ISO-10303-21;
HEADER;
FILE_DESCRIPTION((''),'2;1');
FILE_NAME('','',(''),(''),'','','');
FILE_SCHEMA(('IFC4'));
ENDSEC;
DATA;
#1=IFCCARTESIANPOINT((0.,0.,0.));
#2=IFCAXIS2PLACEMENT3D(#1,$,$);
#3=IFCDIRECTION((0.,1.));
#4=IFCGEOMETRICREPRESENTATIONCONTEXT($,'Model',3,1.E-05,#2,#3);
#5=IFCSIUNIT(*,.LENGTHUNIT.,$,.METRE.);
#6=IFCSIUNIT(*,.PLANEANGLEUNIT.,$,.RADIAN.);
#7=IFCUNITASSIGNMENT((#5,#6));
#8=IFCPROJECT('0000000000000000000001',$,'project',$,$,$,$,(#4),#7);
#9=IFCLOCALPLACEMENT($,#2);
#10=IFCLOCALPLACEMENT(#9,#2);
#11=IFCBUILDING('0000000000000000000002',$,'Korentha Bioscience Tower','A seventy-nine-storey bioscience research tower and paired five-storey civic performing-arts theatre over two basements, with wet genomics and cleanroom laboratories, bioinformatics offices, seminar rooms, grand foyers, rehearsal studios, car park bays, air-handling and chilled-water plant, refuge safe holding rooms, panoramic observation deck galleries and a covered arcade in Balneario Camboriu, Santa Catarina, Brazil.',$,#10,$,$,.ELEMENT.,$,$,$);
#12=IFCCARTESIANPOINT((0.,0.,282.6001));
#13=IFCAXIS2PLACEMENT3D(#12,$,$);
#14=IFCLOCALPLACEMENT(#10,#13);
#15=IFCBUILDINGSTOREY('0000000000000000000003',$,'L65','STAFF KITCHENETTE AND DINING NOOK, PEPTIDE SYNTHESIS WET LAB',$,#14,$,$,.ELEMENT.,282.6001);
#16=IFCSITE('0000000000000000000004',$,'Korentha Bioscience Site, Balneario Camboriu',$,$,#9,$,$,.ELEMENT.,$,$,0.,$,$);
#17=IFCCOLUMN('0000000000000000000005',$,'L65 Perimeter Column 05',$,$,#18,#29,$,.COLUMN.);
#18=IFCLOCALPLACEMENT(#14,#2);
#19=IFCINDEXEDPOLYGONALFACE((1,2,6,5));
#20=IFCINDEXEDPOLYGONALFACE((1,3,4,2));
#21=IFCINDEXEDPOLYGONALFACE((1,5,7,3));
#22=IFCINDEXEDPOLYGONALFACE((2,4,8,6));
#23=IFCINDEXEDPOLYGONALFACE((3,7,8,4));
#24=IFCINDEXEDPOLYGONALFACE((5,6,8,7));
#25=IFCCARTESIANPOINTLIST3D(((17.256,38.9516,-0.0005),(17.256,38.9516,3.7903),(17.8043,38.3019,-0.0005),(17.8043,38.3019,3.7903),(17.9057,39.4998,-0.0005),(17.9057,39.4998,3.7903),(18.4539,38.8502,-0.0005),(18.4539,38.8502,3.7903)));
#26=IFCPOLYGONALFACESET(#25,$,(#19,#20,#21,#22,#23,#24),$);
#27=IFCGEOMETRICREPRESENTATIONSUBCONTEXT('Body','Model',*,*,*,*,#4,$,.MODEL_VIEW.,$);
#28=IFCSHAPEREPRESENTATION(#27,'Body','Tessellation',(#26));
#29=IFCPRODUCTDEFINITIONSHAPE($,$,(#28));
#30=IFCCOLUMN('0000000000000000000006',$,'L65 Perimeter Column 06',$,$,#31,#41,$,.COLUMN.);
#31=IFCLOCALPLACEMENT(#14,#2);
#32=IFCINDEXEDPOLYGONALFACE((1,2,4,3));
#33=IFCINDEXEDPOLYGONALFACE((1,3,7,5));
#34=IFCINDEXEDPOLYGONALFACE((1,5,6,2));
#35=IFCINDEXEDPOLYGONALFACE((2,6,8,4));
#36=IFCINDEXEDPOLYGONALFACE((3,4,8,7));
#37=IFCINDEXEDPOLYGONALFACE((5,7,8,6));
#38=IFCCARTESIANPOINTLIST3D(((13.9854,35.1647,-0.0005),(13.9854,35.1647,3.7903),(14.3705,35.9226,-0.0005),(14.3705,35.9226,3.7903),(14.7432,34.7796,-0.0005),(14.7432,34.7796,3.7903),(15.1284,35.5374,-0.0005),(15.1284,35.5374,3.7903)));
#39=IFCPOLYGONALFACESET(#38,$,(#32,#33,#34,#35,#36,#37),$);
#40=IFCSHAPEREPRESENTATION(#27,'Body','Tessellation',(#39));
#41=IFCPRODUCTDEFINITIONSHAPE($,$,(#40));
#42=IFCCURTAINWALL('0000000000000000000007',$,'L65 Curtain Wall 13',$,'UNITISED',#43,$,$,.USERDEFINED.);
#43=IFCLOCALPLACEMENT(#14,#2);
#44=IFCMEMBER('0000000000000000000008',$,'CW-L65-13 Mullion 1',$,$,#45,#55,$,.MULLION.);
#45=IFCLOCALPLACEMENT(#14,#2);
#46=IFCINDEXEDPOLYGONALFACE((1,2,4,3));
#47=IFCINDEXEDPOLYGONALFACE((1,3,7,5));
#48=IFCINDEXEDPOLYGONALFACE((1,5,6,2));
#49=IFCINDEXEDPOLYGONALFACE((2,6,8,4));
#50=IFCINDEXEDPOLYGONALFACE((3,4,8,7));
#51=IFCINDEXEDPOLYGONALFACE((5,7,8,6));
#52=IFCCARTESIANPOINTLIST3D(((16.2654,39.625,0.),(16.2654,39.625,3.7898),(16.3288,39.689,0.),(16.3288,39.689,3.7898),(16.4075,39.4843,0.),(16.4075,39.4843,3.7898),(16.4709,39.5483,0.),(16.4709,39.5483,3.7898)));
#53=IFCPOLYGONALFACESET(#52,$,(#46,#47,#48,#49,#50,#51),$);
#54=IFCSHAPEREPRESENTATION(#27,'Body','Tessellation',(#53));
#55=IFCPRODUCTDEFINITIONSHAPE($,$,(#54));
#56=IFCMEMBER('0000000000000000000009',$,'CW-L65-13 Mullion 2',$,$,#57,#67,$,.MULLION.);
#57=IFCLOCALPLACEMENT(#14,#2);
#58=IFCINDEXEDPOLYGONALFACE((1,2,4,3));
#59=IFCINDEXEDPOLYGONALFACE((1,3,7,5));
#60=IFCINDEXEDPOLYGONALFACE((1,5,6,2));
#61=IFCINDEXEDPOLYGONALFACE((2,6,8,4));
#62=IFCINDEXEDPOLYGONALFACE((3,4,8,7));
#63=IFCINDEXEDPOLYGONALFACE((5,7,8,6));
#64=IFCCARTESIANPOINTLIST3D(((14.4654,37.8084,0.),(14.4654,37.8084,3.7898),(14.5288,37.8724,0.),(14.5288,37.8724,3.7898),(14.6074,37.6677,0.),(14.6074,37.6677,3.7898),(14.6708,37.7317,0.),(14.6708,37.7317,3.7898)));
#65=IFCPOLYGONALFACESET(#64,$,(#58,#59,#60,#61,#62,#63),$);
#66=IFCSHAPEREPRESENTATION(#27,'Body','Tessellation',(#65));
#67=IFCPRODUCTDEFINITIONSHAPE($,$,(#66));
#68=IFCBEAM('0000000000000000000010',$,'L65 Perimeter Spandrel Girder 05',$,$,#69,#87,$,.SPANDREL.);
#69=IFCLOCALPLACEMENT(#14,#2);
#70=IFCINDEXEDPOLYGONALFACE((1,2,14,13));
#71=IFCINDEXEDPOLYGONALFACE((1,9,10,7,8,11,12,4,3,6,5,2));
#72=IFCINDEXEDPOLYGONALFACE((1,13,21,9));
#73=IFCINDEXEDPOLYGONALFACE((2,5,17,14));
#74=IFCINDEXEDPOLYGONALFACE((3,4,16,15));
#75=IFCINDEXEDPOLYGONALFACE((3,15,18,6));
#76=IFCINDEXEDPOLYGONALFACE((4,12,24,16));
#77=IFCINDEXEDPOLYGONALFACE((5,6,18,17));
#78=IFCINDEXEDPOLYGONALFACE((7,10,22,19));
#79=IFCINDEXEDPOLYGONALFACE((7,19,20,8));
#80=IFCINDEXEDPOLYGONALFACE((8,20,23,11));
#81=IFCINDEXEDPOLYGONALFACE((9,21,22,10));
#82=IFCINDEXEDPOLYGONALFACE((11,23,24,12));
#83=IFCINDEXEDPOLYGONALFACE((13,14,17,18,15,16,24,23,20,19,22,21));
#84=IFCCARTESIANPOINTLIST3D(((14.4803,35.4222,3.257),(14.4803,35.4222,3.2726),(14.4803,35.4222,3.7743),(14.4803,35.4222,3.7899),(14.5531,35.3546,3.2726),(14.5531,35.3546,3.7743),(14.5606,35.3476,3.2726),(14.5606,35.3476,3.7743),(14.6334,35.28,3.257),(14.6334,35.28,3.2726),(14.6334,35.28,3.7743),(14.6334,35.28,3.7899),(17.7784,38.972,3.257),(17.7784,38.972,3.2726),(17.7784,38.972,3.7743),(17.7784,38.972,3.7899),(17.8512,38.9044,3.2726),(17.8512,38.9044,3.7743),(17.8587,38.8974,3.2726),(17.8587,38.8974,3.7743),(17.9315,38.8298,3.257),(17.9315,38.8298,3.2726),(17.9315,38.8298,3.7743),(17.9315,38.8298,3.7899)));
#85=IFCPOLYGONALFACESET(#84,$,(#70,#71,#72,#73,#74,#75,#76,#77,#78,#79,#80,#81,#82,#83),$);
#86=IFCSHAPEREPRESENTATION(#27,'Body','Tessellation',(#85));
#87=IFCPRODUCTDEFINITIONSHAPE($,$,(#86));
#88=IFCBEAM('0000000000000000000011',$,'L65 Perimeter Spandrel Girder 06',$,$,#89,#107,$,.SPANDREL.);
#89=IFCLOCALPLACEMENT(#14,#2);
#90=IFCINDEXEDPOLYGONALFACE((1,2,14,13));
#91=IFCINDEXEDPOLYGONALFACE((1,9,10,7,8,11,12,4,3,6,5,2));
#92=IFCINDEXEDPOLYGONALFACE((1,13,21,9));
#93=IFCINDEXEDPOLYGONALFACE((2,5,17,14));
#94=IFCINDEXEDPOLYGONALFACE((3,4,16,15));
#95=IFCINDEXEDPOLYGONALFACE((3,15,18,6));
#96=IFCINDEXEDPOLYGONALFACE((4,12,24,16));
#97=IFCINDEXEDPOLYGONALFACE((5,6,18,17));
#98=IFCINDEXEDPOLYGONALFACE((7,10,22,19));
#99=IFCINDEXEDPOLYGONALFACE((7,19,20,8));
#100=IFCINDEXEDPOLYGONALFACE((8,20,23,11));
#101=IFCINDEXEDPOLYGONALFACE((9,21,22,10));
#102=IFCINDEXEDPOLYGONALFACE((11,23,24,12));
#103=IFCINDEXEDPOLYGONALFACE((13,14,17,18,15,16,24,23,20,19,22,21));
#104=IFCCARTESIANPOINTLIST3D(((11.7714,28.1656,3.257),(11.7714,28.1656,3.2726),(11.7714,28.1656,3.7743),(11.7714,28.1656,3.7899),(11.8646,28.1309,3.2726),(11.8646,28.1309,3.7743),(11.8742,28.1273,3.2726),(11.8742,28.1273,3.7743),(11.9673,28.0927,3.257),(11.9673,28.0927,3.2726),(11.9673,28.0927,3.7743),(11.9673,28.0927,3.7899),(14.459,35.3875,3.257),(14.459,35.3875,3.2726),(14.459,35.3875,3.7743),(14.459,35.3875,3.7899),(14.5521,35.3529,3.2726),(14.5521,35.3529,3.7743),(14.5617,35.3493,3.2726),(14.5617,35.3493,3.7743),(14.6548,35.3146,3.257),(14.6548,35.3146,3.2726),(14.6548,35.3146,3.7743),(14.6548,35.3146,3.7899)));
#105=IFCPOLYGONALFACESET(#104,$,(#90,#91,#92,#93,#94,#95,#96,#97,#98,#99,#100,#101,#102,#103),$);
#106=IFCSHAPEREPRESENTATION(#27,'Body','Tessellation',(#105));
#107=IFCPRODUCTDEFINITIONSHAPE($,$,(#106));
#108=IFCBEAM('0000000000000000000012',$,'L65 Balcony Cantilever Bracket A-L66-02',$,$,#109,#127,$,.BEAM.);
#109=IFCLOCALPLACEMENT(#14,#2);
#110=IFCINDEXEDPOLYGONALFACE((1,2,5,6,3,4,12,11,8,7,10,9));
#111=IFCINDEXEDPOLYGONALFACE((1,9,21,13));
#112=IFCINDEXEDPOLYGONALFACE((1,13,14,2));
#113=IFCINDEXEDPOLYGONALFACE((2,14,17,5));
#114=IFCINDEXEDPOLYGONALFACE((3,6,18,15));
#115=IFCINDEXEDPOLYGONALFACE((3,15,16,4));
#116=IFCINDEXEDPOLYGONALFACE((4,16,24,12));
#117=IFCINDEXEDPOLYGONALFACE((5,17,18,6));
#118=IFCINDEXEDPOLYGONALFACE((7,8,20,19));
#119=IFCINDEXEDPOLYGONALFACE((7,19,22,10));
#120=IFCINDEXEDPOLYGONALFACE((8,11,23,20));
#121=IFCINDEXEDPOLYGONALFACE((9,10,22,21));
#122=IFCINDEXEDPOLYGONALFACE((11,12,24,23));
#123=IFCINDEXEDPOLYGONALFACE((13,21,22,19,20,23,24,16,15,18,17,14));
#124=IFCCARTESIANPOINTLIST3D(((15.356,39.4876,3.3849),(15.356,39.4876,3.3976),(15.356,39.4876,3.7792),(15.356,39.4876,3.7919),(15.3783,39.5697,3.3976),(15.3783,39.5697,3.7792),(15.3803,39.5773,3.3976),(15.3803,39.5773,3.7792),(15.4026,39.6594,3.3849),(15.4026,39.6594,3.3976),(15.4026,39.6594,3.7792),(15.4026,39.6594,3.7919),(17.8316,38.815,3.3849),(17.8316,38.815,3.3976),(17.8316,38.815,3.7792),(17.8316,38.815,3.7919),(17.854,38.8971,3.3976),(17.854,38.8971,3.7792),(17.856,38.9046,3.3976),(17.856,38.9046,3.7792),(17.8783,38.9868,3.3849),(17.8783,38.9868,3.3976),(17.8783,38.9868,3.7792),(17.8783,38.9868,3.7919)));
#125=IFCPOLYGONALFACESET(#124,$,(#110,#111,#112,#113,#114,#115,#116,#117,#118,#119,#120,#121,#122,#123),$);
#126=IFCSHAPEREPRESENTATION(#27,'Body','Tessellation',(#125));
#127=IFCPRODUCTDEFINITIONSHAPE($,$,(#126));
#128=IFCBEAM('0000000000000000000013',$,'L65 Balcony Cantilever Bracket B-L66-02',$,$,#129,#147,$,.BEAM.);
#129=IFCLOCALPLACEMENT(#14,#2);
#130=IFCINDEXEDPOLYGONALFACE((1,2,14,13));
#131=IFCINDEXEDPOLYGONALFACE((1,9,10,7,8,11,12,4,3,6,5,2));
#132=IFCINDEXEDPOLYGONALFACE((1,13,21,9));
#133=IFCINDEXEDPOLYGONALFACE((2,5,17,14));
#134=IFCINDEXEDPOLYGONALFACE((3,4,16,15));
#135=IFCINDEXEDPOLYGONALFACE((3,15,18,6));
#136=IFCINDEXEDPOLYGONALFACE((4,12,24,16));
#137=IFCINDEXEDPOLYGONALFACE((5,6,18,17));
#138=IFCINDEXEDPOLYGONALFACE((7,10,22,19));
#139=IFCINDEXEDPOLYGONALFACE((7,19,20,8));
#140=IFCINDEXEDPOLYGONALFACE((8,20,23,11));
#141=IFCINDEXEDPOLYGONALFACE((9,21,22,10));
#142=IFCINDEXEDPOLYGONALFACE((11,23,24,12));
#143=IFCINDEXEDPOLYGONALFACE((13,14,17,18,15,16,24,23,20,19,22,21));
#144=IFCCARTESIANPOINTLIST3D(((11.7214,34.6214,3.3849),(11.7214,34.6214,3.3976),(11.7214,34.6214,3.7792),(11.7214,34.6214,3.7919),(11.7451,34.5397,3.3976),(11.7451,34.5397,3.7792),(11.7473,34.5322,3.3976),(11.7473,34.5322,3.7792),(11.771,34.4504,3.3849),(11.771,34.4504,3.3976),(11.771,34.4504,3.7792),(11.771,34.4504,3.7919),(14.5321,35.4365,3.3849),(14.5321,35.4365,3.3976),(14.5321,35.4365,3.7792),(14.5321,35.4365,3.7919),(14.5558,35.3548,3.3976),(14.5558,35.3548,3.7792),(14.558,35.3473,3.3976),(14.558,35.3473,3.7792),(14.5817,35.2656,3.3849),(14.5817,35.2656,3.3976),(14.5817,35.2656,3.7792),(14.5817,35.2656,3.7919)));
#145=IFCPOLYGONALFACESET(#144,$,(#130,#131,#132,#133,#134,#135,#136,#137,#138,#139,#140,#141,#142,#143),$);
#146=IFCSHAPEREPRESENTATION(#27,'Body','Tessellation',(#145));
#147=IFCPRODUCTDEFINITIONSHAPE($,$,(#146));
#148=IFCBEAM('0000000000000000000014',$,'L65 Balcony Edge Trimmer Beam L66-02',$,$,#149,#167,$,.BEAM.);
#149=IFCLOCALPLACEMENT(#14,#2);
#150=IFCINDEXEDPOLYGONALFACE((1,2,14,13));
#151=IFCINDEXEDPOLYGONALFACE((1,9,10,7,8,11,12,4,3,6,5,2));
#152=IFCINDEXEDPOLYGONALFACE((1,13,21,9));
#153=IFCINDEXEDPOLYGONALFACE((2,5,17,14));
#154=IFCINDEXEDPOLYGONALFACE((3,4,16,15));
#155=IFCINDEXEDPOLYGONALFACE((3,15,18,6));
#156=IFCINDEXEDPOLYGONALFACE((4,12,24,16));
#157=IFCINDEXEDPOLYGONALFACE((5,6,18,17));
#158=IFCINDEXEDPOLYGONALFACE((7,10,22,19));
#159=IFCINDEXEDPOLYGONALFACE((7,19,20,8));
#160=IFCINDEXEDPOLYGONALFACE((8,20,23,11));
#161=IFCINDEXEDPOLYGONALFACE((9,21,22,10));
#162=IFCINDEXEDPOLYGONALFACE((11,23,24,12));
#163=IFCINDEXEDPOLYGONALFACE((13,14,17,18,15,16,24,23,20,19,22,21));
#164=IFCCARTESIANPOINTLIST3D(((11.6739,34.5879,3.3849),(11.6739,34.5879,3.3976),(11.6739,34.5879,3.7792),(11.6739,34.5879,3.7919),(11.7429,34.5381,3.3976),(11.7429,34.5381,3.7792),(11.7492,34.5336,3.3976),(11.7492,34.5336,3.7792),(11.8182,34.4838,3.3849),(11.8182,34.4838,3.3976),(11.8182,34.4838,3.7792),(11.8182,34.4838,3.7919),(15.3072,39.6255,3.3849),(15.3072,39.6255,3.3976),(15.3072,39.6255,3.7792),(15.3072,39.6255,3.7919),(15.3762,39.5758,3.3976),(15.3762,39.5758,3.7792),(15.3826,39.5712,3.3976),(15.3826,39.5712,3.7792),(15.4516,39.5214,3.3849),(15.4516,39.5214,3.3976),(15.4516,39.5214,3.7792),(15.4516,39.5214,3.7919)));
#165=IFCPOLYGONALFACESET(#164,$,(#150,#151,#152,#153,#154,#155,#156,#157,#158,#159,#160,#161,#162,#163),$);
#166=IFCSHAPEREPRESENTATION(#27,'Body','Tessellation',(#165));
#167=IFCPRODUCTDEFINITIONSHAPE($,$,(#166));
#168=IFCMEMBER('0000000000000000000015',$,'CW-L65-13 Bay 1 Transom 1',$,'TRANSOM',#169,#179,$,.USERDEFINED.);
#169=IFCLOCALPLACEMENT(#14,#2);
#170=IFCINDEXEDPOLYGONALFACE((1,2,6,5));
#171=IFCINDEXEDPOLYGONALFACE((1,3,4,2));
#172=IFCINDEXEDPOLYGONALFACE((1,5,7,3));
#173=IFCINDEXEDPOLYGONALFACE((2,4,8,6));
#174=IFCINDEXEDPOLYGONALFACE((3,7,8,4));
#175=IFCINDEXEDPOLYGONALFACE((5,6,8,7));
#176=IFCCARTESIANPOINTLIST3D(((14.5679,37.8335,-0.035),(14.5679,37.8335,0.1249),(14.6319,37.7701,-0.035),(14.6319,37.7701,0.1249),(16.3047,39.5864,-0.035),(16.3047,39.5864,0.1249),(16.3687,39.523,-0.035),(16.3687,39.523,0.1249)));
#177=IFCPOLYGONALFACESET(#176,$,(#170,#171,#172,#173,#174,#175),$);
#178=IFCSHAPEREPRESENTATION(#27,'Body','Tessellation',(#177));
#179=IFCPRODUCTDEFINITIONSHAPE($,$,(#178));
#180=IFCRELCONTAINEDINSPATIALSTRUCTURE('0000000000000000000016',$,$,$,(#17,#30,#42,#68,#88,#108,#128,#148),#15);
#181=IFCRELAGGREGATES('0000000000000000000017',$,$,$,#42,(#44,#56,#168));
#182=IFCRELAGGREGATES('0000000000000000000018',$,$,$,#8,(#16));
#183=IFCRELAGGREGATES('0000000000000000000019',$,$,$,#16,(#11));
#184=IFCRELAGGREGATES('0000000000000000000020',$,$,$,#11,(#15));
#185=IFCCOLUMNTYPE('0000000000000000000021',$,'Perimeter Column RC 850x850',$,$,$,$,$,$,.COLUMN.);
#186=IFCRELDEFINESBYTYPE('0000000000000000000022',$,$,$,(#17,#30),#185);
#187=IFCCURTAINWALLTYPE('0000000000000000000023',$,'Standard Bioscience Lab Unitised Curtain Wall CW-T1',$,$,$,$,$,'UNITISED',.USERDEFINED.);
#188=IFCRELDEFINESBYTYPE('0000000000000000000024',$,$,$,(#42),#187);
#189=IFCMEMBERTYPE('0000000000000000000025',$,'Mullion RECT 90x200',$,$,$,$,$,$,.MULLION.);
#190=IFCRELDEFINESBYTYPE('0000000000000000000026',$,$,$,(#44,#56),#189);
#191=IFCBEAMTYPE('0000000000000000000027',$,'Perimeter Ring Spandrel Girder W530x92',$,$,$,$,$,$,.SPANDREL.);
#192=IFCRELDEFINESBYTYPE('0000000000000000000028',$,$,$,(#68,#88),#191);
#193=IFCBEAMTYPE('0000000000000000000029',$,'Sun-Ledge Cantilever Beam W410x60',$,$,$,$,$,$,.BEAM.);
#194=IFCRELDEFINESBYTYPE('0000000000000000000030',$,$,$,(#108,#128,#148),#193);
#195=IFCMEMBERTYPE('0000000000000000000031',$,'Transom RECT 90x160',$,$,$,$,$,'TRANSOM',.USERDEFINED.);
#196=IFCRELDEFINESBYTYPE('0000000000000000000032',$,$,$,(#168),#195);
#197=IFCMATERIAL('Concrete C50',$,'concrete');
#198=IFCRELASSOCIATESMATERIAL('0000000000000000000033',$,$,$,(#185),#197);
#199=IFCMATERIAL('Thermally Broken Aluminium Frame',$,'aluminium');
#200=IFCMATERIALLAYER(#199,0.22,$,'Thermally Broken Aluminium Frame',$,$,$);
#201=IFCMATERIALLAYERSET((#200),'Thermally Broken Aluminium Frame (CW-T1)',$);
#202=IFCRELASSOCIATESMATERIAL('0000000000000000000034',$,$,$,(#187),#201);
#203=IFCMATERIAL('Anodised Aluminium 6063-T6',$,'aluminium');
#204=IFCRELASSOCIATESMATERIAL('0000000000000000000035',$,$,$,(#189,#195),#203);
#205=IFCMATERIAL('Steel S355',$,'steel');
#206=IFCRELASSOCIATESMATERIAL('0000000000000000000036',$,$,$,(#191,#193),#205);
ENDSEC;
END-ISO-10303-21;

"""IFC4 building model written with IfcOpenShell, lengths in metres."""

from ifc_helpers import new_model, si_unit, direction, frame, origin, origin_2d, place, context, subcontext, project, spatial, rectangle, i_section, extrude, material, layer, layer_set, material_profile, profile_set, type_object, element, aggregate, save


model = new_model("IFC4")

# Units and contexts
model_context = context("Model", 3, precision=1e-05, world=origin(), true_north=direction((0.0, 1.0)))
body_context = subcontext(model_context, "Body", "Model", "MODEL_VIEW")
ifc_project = project(units=[si_unit("LENGTHUNIT", "METRE"), si_unit("PLANEANGLEUNIT", "RADIAN")], contexts=[model_context])

# Site, building, storey
site_placement = place(None, origin())
site = spatial("IfcSite", under=ifc_project, at=site_placement, Name="Korentha Bioscience Site, Balneario Camboriu", CompositionType="ELEMENT", RefElevation=0.0)
building_placement = place(site_placement, origin())
building = spatial("IfcBuilding", under=site, at=building_placement, Name="Korentha Bioscience Tower", Description="A seventy-nine-storey bioscience research tower and paired five-storey civic performing-arts theatre over two basements, with wet genomics and cleanroom laboratories, bioinformatics offices, seminar rooms, grand foyers, rehearsal studios, car park bays, air-handling and chilled-water plant, refuge safe holding rooms, panoramic observation deck galleries and a covered arcade in Balneario Camboriu, Santa Catarina, Brazil.", CompositionType="ELEMENT")
storey_placement = place(building_placement, frame((0.0, 0.0, 282.6001)))
storey = spatial("IfcBuildingStorey", under=building, at=storey_placement, Name="L65", Description="STAFF KITCHENETTE AND DINING NOOK, PEPTIDE SYNTHESIS WET LAB", CompositionType="ELEMENT", Elevation=282.6001)

# Columns
ifc_material_1 = material(Name="Concrete C50", Category="concrete")
ifc_material_profile_1 = material_profile(ifc_material_1, rectangle(XDim=0.8501, YDim=0.8501, at=origin_2d()), Name="Concrete C50")
ifc_profile_set_1 = profile_set([ifc_material_profile_1], Name="Concrete C50 (COL-P08)")
column_type = type_object("IfcColumnType", Name="Perimeter Column RC 850x850", PredefinedType="COLUMN", material=ifc_profile_set_1)
for number, where, z_axis, x_axis, name in (
    (1, (17.855, 38.9009, -0.0005), (0.0, 0.0, 1.0), (0.764246, 0.644924, 0.0), "L65 Perimeter Column 05"),
    (2, (14.5569, 35.3511, -0.0005), (0.0, 0.0, 1.0), (0.453057, 0.891481, 0.0), "L65 Perimeter Column 06"),
):
    element("IfcColumn", number, at=place(storey_placement, frame(where, z_axis=z_axis, x_axis=x_axis)), inside=storey, type_object=column_type, Name=name, PredefinedType="COLUMN", context=body_context, shape_type="SweptSolid", body=[
        extrude(rectangle(XDim=0.8501, YDim=0.8501, at=origin_2d()), origin(), (0.0, 0.0, 1.0), 3.7908),
    ])

# Curtain wall, members
ifc_material_2 = material(Name="Thermally Broken Aluminium Frame", Category="aluminium")
ifc_layer_1 = layer(ifc_material_2, 0.22, Name="Thermally Broken Aluminium Frame")
ifc_layer_set_1 = layer_set([ifc_layer_1], Name="Thermally Broken Aluminium Frame (CW-T1)")
curtain_wall_type = type_object("IfcCurtainWallType", Name="Standard Bioscience Lab Unitised Curtain Wall CW-T1", ElementType="UNITISED", PredefinedType="USERDEFINED", material=ifc_layer_set_1)
curtain_wall_placement = place(storey_placement, origin())
curtain_wall = element("IfcCurtainWall", 3, at=curtain_wall_placement, inside=storey, type_object=curtain_wall_type, Name="L65 Curtain Wall 13", ObjectType="UNITISED", PredefinedType="USERDEFINED")
ifc_material_3 = material(Name="Anodised Aluminium 6063-T6", Category="aluminium")
ifc_material_profile_2 = material_profile(ifc_material_3, rectangle(XDim=0.0901, YDim=0.2, at=origin_2d()), Name="Anodised Aluminium 6063-T6")
ifc_profile_set_2 = profile_set([ifc_material_profile_2], Name="Anodised Aluminium 6063-T6 (CW-MUL)")
member_type_1 = type_object("IfcMemberType", Name="Mullion RECT 90x200", PredefinedType="MULLION", material=ifc_profile_set_2)
member_1_placement = place(storey_placement, frame((16.3682, 39.5867, 0.0), z_axis=(0.0, 0.0, 1.0), x_axis=(-0.703813, -0.710385, 0.0)))
member_1 = element("IfcMember", 4, at=member_1_placement, type_object=member_type_1, Name="CW-L65-13 Mullion 1", PredefinedType="MULLION", context=body_context, shape_type="SweptSolid", body=[
    extrude(rectangle(XDim=0.0901, YDim=0.2, at=origin_2d()), origin(), (0.0, 0.0, 1.0), 3.7898),
])
member_2_placement = place(storey_placement, frame((14.5681, 37.77, 0.0), z_axis=(0.0, 0.0, 1.0), x_axis=(-0.703813, -0.710385, 0.0)))
member_2 = element("IfcMember", 5, at=member_2_placement, type_object=member_type_1, Name="CW-L65-13 Mullion 2", PredefinedType="MULLION", context=body_context, shape_type="SweptSolid", body=[
    extrude(rectangle(XDim=0.0901, YDim=0.2, at=origin_2d()), origin(), (0.0, 0.0, 1.0), 3.7898),
])

# Beams
ifc_material_4 = material(Name="Steel S355", Category="steel")
ifc_material_profile_3 = material_profile(ifc_material_4, i_section(OverallWidth=0.209, OverallDepth=0.533, WebThickness=0.0103, FlangeThickness=0.0156, at=origin_2d()), Name="Steel S355")
ifc_profile_set_3 = profile_set([ifc_material_profile_3], Name="Steel S355 (SB-530)")
beam_type_1 = type_object("IfcBeamType", Name="Perimeter Ring Spandrel Girder W530x92", PredefinedType="SPANDREL", material=ifc_profile_set_3)
beam_1_placement = place(storey_placement, frame((17.855, 38.9009, 3.5234), z_axis=(-0.680656, -0.732603, 0.0), x_axis=(0.732603, -0.680656, 0.0)))
element("IfcBeam", 6, at=beam_1_placement, inside=storey, type_object=beam_type_1, Name="L65 Perimeter Spandrel Girder 05", PredefinedType="SPANDREL", context=body_context, shape_type="SweptSolid", body=[
    extrude(i_section(OverallWidth=0.209, OverallDepth=0.533, WebThickness=0.0103, FlangeThickness=0.0156, at=origin_2d()), origin(), (0.0, 0.0, 1.0), 4.8455),
])
beam_2_placement = place(storey_placement, frame((14.5569, 35.3511, 3.5234), z_axis=(-0.348765, -0.93721, 0.0), x_axis=(0.93721, -0.348765, 0.0)))
element("IfcBeam", 7, at=beam_2_placement, inside=storey, type_object=beam_type_1, Name="L65 Perimeter Spandrel Girder 06", PredefinedType="SPANDREL", context=body_context, shape_type="SweptSolid", body=[
    extrude(i_section(OverallWidth=0.209, OverallDepth=0.533, WebThickness=0.0103, FlangeThickness=0.0156, at=origin_2d()), origin(), (0.0, 0.0, 1.0), 7.7058),
])
ifc_material_profile_4 = material_profile(ifc_material_4, i_section(OverallWidth=0.178, OverallDepth=0.407, WebThickness=0.0078, FlangeThickness=0.0127, at=origin_2d()), Name="Steel S355")
ifc_profile_set_4 = profile_set([ifc_material_profile_4], Name="Steel S355 (CB-410)")
beam_type_2 = type_object("IfcBeamType", Name="Sun-Ledge Cantilever Beam W410x60", PredefinedType="BEAM", material=ifc_profile_set_4)
beam_3_placement = place(storey_placement, frame((17.855, 38.9009, 3.5884), z_axis=(-0.965016, 0.262191, 0.0), x_axis=(-0.262191, -0.965016, 0.0)))
element("IfcBeam", 8, at=beam_3_placement, inside=storey, type_object=beam_type_2, Name="L65 Balcony Cantilever Bracket A-L66-02", PredefinedType="BEAM", context=body_context, shape_type="SweptSolid", body=[
    extrude(i_section(OverallWidth=0.178, OverallDepth=0.407, WebThickness=0.0078, FlangeThickness=0.0127, at=origin_2d()), origin(), (0.0, 0.0, 1.0), 2.5654),
])
beam_4_placement = place(storey_placement, frame((14.5569, 35.3511, 3.5884), z_axis=(-0.960424, -0.278542, 0.0), x_axis=(0.278542, -0.960424, 0.0)))
element("IfcBeam", 9, at=beam_4_placement, inside=storey, type_object=beam_type_2, Name="L65 Balcony Cantilever Bracket B-L66-02", PredefinedType="BEAM", context=body_context, shape_type="SweptSolid", body=[
    extrude(i_section(OverallWidth=0.178, OverallDepth=0.407, WebThickness=0.0078, FlangeThickness=0.0127, at=origin_2d()), origin(), (0.0, 0.0, 1.0), 2.9265),
])
beam_5_placement = place(storey_placement, frame((15.3794, 39.5735, 3.5884), z_axis=(-0.584965, -0.811058, 0.0), x_axis=(0.811058, -0.584965, 0.0)))
element("IfcBeam", 10, at=beam_5_placement, inside=storey, type_object=beam_type_2, Name="L65 Balcony Edge Trimmer Beam L66-02", PredefinedType="BEAM", context=body_context, shape_type="SweptSolid", body=[
    extrude(i_section(OverallWidth=0.178, OverallDepth=0.407, WebThickness=0.0078, FlangeThickness=0.0127, at=origin_2d()), origin(), (0.0, 0.0, 1.0), 6.2112),
])

# Member
ifc_material_profile_5 = material_profile(ifc_material_3, rectangle(XDim=0.0901, YDim=0.1599, at=origin_2d()), Name="Anodised Aluminium 6063-T6")
ifc_profile_set_5 = profile_set([ifc_material_profile_5], Name="Anodised Aluminium 6063-T6 (CW-TRN)")
member_type_2 = type_object("IfcMemberType", Name="Transom RECT 90x160", ElementType="TRANSOM", PredefinedType="USERDEFINED", material=ifc_profile_set_5)
member_3_placement = place(storey_placement, frame((16.3367, 39.5547, 0.0449), z_axis=(-0.703834, -0.710364, 0.0), x_axis=(0.710364, -0.703834, 0.0)))
member_3 = element("IfcMember", 11, at=member_3_placement, type_object=member_type_2, Name="CW-L65-13 Bay 1 Transom 1", ObjectType="TRANSOM", PredefinedType="USERDEFINED", context=body_context, shape_type="SweptSolid", body=[
    extrude(rectangle(XDim=0.0901, YDim=0.1599, at=origin_2d()), origin(), (0.0, 0.0, 1.0), 2.4675),
])

aggregate(curtain_wall, [member_1, member_2, member_3])

save(model, "model.ifc")
